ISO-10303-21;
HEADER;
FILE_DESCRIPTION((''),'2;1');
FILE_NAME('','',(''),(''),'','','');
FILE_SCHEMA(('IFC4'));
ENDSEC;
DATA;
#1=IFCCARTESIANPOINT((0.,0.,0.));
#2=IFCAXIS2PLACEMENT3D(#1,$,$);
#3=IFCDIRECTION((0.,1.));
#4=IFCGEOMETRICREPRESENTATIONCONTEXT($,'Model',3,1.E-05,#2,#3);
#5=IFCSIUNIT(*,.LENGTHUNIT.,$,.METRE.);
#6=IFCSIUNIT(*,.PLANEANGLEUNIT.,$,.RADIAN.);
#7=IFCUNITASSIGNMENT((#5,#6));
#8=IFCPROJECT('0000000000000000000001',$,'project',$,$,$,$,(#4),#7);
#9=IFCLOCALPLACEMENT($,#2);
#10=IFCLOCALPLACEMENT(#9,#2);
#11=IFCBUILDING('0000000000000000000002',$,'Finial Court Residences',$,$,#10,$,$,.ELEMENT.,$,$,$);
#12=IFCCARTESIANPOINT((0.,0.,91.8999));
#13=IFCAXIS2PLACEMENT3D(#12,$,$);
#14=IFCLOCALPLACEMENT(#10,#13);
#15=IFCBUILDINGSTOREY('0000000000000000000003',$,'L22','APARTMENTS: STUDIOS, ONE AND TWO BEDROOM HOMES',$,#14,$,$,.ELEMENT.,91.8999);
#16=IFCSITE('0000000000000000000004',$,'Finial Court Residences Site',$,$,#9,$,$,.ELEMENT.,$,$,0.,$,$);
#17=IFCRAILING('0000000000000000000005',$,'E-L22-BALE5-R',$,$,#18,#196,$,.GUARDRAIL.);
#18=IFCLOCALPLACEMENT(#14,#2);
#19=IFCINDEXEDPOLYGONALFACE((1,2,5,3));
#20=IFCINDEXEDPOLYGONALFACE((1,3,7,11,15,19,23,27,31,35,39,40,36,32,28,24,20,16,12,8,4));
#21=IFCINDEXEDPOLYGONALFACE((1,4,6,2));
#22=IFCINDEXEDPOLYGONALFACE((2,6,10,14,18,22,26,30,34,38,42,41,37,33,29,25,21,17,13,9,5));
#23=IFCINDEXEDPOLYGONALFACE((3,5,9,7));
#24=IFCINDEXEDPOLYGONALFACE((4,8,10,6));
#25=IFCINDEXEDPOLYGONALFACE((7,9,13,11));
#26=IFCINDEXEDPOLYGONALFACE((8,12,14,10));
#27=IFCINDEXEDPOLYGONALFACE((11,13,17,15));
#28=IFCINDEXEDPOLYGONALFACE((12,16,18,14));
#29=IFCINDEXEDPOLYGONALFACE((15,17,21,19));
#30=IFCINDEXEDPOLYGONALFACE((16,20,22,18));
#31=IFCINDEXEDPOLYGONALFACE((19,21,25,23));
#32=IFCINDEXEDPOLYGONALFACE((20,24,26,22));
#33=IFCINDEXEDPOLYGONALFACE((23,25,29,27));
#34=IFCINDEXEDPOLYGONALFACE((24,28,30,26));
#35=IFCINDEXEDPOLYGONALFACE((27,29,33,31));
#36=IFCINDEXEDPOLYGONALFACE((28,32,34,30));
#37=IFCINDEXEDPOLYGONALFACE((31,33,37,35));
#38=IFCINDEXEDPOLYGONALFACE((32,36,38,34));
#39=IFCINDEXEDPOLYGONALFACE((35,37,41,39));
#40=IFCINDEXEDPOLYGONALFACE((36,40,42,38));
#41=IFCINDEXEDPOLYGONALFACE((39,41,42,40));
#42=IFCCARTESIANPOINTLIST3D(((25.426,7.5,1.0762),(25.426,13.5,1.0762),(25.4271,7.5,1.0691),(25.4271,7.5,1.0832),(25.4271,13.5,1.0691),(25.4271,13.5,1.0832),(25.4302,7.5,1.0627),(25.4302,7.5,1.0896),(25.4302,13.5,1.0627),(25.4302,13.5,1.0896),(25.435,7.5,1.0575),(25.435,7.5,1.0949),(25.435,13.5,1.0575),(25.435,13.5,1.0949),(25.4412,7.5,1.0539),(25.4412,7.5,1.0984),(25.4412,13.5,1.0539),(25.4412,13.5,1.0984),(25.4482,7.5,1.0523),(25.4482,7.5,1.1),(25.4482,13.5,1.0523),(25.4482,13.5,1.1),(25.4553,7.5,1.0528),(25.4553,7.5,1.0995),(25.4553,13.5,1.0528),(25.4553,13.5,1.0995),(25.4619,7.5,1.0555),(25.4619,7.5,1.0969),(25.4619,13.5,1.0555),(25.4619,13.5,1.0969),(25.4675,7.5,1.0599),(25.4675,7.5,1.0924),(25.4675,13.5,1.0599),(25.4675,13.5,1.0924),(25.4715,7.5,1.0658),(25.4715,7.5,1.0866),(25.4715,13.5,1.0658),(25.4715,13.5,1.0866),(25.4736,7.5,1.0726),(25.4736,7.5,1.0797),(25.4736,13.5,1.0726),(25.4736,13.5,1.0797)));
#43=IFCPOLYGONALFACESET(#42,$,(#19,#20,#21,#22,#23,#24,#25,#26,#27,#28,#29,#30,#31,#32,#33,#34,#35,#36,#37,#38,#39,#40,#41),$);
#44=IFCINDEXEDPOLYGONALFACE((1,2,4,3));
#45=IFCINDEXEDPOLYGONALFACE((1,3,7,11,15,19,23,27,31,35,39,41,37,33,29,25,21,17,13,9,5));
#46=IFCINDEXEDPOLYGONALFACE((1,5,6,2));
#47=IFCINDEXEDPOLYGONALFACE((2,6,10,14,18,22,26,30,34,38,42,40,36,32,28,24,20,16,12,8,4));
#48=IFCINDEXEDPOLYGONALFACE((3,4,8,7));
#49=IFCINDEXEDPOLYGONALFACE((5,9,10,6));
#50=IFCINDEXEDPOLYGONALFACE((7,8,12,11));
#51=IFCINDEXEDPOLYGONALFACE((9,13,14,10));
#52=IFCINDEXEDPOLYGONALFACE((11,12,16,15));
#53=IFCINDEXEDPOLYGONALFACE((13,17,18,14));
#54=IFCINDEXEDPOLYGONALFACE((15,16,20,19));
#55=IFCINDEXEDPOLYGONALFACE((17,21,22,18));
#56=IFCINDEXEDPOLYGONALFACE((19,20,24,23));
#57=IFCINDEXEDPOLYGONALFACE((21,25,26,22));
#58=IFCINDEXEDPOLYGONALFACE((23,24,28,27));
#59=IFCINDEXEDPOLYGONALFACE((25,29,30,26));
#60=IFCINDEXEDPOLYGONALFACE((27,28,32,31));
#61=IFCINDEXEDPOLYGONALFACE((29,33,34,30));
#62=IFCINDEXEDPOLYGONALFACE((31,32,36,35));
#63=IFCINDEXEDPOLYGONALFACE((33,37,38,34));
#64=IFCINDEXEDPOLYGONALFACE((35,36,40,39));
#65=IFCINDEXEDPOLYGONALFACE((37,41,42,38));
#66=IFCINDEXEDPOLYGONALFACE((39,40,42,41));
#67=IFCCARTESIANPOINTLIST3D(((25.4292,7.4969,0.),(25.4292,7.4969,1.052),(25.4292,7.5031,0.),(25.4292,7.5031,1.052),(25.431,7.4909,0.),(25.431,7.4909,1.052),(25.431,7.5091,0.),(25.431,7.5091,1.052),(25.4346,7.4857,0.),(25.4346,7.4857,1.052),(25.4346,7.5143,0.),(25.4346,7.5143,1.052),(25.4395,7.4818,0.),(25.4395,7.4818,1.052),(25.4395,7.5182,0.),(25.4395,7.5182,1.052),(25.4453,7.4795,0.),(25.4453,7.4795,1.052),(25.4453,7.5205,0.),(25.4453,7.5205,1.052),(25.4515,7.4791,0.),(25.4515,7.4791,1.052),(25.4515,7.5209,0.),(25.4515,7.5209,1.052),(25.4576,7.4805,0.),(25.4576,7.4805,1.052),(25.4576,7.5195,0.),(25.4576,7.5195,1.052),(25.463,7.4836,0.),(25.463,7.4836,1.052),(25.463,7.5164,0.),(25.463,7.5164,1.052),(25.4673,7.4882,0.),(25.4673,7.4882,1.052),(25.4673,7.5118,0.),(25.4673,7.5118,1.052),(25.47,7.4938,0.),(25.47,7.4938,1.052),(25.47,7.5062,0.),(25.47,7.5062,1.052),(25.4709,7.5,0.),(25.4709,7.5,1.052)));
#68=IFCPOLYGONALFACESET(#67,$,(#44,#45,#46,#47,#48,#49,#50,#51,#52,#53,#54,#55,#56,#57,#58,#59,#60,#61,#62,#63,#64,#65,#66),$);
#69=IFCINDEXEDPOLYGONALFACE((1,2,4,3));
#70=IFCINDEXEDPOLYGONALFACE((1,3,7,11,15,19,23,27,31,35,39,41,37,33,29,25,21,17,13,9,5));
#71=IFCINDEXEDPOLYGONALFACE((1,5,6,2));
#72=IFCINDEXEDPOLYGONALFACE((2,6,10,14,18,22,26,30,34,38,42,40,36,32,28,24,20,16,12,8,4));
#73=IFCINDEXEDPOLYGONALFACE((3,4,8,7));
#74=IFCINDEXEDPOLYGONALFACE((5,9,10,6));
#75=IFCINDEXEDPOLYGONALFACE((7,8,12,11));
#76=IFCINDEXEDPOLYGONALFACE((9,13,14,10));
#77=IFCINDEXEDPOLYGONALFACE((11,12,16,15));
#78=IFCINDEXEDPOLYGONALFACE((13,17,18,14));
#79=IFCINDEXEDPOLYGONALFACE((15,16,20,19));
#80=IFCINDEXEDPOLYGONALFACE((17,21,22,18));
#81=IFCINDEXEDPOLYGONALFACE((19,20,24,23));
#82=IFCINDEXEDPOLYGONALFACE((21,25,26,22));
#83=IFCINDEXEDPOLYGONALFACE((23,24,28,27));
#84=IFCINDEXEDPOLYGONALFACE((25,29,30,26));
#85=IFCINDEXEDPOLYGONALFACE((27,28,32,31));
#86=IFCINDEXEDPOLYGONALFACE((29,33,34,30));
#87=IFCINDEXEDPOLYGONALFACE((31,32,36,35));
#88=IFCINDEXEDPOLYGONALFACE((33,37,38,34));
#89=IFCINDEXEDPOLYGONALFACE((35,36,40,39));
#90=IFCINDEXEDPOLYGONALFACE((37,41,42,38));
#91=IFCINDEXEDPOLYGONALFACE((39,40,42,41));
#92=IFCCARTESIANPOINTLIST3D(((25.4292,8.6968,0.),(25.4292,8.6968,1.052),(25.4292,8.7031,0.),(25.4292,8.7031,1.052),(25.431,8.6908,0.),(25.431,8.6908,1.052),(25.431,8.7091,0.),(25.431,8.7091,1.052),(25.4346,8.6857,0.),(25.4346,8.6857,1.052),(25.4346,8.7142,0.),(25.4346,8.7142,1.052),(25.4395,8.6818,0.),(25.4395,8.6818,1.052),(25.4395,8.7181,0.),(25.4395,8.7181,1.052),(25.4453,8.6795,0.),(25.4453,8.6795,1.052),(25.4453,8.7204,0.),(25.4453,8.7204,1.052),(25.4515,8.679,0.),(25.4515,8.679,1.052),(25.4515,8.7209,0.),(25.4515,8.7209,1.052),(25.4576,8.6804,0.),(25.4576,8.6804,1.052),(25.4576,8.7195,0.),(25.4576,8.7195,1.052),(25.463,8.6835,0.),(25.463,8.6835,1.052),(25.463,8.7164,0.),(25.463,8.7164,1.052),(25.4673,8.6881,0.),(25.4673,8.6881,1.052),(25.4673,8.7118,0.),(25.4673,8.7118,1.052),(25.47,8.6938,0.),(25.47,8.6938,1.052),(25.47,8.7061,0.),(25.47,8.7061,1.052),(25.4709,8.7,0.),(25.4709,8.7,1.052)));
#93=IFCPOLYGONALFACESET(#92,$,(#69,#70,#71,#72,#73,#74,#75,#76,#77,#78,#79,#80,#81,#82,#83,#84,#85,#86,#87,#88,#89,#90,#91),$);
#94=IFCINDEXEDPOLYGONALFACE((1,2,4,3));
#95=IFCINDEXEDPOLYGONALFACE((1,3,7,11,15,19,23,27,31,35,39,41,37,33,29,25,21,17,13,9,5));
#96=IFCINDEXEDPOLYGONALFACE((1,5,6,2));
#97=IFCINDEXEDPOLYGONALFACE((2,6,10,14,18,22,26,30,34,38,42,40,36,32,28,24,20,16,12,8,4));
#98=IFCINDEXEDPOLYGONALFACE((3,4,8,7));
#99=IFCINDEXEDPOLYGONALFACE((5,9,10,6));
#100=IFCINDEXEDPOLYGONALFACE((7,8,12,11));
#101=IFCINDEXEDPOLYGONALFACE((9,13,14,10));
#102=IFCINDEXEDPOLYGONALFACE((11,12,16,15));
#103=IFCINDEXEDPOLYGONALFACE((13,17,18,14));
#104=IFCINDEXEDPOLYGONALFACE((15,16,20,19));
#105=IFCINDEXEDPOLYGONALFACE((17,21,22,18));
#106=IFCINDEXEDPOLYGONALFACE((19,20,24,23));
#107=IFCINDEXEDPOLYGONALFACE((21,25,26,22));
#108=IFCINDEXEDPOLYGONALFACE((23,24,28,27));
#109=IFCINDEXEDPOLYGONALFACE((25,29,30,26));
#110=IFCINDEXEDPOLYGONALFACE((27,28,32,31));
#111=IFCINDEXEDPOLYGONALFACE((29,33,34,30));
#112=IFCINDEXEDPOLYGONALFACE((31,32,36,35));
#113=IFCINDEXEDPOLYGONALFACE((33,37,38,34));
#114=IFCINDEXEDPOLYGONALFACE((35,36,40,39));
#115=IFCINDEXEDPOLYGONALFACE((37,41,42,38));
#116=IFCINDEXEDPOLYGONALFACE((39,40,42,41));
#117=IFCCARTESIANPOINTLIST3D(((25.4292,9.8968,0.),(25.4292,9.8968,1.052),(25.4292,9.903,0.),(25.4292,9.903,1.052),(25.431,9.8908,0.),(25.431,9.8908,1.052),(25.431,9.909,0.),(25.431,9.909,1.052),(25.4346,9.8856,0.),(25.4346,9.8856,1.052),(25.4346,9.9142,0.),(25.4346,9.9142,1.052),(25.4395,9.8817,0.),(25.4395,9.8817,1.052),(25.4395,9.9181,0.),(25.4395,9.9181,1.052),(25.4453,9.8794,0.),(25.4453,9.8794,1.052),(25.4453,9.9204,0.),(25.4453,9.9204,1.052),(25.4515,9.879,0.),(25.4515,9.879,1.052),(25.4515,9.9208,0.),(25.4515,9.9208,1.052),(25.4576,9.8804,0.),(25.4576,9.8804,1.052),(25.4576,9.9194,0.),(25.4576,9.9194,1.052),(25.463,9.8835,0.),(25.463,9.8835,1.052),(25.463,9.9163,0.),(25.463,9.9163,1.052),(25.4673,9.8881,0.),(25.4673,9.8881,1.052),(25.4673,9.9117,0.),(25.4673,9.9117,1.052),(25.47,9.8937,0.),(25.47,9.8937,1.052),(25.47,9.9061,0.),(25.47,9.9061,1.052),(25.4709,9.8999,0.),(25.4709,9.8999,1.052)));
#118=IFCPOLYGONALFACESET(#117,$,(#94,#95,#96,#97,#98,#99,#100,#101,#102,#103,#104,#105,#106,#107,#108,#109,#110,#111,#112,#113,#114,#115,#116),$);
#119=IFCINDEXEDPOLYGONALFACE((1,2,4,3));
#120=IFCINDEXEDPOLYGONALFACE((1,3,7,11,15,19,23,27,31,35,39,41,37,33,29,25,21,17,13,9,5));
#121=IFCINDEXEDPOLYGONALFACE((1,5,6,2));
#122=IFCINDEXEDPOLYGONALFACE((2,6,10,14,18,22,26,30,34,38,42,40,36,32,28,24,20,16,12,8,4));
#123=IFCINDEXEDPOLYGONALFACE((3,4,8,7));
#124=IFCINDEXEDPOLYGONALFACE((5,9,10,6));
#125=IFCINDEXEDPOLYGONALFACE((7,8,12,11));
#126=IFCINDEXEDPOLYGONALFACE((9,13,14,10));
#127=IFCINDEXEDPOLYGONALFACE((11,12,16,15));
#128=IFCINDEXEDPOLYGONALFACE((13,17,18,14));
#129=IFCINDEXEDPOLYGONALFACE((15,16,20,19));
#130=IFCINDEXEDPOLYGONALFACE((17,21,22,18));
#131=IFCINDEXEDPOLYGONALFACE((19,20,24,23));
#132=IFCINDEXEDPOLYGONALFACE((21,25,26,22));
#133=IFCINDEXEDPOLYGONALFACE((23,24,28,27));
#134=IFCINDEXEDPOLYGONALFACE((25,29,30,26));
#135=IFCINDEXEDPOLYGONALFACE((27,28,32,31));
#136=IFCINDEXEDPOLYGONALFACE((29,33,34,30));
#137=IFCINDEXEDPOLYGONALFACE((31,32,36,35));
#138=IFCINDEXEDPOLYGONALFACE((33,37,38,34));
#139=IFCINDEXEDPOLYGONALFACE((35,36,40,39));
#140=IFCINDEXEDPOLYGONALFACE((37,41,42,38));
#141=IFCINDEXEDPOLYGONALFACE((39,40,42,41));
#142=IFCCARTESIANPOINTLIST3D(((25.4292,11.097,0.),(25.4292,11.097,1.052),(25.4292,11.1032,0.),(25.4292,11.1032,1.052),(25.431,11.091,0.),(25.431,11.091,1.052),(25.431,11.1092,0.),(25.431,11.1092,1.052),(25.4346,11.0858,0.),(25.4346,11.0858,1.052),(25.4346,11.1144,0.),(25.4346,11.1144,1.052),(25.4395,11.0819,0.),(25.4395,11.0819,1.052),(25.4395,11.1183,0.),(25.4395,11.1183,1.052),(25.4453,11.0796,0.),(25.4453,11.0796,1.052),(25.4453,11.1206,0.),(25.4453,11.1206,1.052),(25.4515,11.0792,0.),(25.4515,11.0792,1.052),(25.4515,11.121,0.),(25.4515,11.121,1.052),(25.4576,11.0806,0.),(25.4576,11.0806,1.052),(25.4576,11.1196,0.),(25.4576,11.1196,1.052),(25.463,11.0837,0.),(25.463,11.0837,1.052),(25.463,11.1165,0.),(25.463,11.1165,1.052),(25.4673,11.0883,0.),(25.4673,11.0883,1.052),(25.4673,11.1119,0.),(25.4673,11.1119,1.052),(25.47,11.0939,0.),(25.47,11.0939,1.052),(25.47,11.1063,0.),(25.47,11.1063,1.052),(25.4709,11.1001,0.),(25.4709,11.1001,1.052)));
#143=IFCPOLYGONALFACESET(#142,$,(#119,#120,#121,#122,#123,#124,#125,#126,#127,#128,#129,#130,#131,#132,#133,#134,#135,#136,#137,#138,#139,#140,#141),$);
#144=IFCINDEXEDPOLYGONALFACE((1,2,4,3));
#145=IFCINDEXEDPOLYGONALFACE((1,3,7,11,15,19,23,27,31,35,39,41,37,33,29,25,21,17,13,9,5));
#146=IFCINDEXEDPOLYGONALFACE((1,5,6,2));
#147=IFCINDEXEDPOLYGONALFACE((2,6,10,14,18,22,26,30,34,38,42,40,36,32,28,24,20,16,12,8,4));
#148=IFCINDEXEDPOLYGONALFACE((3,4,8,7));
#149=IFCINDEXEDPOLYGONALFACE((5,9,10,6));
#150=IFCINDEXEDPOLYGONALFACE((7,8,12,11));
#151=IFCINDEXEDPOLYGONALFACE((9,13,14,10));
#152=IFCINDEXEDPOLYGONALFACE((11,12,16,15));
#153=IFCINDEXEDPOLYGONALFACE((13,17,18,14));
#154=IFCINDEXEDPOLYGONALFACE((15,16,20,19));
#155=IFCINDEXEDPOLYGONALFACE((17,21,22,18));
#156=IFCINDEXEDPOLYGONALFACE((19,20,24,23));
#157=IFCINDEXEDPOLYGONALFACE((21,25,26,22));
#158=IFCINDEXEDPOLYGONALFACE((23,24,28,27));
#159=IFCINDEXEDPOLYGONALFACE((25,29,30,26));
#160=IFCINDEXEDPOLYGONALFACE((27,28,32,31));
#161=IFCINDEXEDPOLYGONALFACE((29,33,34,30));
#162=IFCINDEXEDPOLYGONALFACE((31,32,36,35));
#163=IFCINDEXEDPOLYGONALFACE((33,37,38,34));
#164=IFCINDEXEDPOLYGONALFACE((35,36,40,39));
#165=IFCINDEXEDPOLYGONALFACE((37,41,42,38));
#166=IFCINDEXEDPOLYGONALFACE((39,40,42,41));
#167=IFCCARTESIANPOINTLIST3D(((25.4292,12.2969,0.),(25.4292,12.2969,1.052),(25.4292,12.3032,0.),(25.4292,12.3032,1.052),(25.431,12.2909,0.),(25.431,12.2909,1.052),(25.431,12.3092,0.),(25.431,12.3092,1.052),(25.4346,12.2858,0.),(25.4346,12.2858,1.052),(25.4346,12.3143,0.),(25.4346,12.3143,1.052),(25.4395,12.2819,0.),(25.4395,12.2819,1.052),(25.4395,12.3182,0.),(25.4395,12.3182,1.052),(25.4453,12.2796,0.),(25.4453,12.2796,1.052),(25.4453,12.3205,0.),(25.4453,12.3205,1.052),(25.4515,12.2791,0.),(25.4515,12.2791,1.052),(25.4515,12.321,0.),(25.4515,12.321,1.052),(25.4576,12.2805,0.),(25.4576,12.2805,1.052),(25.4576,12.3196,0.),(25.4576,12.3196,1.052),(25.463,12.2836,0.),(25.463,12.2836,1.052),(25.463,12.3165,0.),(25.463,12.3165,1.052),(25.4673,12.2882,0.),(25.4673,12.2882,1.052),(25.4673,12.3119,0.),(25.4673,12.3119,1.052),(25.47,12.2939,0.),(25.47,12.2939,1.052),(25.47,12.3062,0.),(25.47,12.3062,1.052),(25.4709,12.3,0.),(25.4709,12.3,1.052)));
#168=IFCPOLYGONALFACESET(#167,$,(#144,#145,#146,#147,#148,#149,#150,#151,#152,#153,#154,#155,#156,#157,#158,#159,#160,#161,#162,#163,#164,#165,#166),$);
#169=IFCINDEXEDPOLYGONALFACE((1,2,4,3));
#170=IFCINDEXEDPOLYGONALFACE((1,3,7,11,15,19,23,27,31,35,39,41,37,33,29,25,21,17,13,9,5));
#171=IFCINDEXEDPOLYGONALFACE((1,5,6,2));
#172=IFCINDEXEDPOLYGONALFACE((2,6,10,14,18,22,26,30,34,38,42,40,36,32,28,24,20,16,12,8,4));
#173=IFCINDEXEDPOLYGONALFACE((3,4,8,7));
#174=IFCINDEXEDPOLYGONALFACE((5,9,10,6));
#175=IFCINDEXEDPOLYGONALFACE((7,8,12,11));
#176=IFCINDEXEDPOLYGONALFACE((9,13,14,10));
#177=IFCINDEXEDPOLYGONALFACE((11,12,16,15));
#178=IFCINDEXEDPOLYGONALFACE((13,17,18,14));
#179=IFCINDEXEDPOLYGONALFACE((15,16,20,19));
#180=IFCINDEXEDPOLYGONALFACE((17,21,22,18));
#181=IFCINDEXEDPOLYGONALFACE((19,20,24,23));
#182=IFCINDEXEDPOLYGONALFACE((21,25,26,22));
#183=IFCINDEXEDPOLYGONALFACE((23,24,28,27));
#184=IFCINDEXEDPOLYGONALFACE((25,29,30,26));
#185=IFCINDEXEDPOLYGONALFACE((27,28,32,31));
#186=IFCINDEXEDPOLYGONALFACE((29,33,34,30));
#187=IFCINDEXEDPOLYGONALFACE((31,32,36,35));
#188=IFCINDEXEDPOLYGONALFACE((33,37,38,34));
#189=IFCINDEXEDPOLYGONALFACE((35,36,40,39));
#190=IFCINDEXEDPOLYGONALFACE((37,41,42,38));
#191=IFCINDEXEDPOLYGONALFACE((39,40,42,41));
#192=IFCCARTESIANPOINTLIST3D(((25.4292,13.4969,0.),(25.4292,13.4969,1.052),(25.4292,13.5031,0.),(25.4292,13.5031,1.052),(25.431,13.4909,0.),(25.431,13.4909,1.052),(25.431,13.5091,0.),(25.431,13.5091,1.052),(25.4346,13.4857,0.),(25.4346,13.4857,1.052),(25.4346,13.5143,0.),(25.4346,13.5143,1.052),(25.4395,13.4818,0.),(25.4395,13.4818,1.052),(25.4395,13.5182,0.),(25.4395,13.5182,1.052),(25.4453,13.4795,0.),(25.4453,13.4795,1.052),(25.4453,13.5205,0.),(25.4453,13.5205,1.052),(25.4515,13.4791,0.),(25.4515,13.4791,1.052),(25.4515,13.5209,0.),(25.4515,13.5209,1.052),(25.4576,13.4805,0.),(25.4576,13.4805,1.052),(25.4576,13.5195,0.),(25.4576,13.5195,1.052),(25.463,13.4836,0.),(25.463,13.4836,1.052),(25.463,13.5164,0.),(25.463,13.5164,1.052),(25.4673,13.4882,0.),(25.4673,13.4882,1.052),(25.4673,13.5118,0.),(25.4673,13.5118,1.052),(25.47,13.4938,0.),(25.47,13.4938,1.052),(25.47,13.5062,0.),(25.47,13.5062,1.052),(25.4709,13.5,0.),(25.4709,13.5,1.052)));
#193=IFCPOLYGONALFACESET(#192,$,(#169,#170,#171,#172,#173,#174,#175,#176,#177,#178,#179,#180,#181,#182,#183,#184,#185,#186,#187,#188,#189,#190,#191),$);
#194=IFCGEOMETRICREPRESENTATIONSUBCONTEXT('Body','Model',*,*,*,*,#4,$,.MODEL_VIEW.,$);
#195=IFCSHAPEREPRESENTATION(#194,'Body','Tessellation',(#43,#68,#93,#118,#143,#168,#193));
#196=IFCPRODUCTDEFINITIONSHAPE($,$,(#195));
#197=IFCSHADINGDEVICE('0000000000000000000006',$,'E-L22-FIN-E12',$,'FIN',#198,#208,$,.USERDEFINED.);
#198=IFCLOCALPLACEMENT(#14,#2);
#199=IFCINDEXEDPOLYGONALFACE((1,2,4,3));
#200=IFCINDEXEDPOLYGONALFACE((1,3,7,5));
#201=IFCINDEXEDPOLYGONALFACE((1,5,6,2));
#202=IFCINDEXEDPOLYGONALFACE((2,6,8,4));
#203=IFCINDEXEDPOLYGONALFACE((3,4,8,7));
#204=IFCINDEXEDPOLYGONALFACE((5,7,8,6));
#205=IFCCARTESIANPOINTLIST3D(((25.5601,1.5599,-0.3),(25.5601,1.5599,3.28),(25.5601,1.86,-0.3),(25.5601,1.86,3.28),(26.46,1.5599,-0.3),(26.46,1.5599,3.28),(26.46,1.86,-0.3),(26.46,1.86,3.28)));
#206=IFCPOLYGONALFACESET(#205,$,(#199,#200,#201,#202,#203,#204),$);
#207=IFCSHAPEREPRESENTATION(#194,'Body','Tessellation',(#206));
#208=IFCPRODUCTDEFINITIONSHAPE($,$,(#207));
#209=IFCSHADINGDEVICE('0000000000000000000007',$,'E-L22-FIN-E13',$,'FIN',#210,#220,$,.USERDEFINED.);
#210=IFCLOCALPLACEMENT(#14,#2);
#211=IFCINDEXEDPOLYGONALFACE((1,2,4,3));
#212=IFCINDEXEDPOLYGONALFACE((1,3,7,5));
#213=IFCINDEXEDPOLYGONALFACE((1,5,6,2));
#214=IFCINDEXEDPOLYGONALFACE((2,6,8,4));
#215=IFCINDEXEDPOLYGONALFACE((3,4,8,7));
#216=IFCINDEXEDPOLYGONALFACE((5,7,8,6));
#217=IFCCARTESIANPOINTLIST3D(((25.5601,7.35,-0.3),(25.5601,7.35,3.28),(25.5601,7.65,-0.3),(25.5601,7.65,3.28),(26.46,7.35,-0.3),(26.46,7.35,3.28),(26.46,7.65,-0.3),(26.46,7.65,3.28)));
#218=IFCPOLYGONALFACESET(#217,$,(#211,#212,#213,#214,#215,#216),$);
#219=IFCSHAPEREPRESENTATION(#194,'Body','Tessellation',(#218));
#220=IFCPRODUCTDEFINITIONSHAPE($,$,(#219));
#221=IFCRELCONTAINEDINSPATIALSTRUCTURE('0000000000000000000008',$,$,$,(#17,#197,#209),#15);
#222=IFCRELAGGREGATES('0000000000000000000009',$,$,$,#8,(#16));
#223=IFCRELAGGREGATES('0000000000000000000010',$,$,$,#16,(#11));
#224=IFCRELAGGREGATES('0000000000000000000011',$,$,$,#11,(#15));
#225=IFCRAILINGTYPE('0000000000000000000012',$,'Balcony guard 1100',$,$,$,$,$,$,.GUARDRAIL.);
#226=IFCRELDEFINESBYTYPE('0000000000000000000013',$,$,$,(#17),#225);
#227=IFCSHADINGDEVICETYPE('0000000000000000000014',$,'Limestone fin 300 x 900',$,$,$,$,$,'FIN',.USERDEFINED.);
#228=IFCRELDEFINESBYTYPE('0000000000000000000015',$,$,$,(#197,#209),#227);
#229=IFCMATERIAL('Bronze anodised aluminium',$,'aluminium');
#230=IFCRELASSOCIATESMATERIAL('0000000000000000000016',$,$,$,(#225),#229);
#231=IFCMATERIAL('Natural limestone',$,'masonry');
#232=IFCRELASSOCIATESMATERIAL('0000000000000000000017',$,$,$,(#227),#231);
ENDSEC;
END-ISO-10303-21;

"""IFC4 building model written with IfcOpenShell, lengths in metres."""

from ifc_helpers import new_model, si_unit, direction, frame, origin, origin_2d, place, context, subcontext, project, spatial, rectangle, circle, extrude, material, type_object, element, save


model = new_model("IFC4")

# Units and contexts
model_context = context("Model", 3, precision=1e-05, world=origin(), true_north=direction((0.0, 1.0)))
body_context = subcontext(model_context, "Body", "Model", "MODEL_VIEW")
ifc_project = project(units=[si_unit("LENGTHUNIT", "METRE"), si_unit("PLANEANGLEUNIT", "RADIAN")], contexts=[model_context])

# Site, building, storey
site_placement = place(None, origin())
site = spatial("IfcSite", under=ifc_project, at=site_placement, Name="Finial Court Residences Site", CompositionType="ELEMENT", RefElevation=0.0)
building_placement = place(site_placement, origin())
building = spatial("IfcBuilding", under=site, at=building_placement, Name="Finial Court Residences", CompositionType="ELEMENT")
storey_placement = place(building_placement, frame((0.0, 0.0, 91.8999)))
storey = spatial("IfcBuildingStorey", under=building, at=storey_placement, Name="L22", Description="APARTMENTS: STUDIOS, ONE AND TWO BEDROOM HOMES", CompositionType="ELEMENT", Elevation=91.8999)

# Shared definitions
ifc_material_1 = material(Name="Bronze anodised aluminium", Category="aluminium")

# Shared definitions
ifc_material_2 = material(Name="Natural limestone", Category="masonry")

# Railing
railing_type = type_object("IfcRailingType", Name="Balcony guard 1100", PredefinedType="GUARDRAIL", material=ifc_material_1)
railing_placement = place(storey_placement, frame((25.45, 7.5, 0.0)))
element("IfcRailing", 1, at=railing_placement, inside=storey, type_object=railing_type, Name="E-L22-BALE5-R", PredefinedType="GUARDRAIL", context=body_context, shape_type="SweptSolid", body=[
    extrude(circle(Radius=0.0239, at=origin_2d()), frame((0.0, 0.0, 1.0762), z_axis=(0.0, 1.0, 0.0), x_axis=(-1.0, 0.0, 0.0)), (0.0, 0.0, 1.0), 6.0),
    extrude(circle(Radius=0.021, at=origin_2d()), origin(), (0.0, 0.0, 1.0), 1.052),
    extrude(circle(Radius=0.021, at=origin_2d()), frame((0.0, 1.2, 0.0)), (0.0, 0.0, 1.0), 1.052),
    extrude(circle(Radius=0.021, at=origin_2d()), frame((0.0, 2.3999, 0.0)), (0.0, 0.0, 1.0), 1.052),
    extrude(circle(Radius=0.021, at=origin_2d()), frame((0.0, 3.6001, 0.0)), (0.0, 0.0, 1.0), 1.052),
    extrude(circle(Radius=0.021, at=origin_2d()), frame((0.0, 4.8, 0.0)), (0.0, 0.0, 1.0), 1.052),
    extrude(circle(Radius=0.021, at=origin_2d()), frame((0.0, 6.0, 0.0)), (0.0, 0.0, 1.0), 1.052),
])

# Shading devices
shading_device_type = type_object("IfcShadingDeviceType", Name="Limestone fin 300 x 900", ElementType="FIN", PredefinedType="USERDEFINED", material=ifc_material_2)
for number, where, z_axis, x_axis, name in (
    (2, (26.01, 1.71, -0.3), (0.0, 0.0, 1.0), (1.0, 0.0, 0.0), "E-L22-FIN-E12"),
    (3, (26.01, 7.5, -0.3), (0.0, 0.0, 1.0), (1.0, 0.0, 0.0), "E-L22-FIN-E13"),
):
    element("IfcShadingDevice", number, at=place(storey_placement, frame(where, z_axis=z_axis, x_axis=x_axis)), inside=storey, type_object=shading_device_type, Name=name, ObjectType="FIN", PredefinedType="USERDEFINED", context=body_context, shape_type="SweptSolid", body=[
        extrude(rectangle(XDim=0.8999, YDim=0.3, at=origin_2d()), origin(), (0.0, 0.0, 1.0), 3.5801),
    ])

save(model, "model.ifc")
